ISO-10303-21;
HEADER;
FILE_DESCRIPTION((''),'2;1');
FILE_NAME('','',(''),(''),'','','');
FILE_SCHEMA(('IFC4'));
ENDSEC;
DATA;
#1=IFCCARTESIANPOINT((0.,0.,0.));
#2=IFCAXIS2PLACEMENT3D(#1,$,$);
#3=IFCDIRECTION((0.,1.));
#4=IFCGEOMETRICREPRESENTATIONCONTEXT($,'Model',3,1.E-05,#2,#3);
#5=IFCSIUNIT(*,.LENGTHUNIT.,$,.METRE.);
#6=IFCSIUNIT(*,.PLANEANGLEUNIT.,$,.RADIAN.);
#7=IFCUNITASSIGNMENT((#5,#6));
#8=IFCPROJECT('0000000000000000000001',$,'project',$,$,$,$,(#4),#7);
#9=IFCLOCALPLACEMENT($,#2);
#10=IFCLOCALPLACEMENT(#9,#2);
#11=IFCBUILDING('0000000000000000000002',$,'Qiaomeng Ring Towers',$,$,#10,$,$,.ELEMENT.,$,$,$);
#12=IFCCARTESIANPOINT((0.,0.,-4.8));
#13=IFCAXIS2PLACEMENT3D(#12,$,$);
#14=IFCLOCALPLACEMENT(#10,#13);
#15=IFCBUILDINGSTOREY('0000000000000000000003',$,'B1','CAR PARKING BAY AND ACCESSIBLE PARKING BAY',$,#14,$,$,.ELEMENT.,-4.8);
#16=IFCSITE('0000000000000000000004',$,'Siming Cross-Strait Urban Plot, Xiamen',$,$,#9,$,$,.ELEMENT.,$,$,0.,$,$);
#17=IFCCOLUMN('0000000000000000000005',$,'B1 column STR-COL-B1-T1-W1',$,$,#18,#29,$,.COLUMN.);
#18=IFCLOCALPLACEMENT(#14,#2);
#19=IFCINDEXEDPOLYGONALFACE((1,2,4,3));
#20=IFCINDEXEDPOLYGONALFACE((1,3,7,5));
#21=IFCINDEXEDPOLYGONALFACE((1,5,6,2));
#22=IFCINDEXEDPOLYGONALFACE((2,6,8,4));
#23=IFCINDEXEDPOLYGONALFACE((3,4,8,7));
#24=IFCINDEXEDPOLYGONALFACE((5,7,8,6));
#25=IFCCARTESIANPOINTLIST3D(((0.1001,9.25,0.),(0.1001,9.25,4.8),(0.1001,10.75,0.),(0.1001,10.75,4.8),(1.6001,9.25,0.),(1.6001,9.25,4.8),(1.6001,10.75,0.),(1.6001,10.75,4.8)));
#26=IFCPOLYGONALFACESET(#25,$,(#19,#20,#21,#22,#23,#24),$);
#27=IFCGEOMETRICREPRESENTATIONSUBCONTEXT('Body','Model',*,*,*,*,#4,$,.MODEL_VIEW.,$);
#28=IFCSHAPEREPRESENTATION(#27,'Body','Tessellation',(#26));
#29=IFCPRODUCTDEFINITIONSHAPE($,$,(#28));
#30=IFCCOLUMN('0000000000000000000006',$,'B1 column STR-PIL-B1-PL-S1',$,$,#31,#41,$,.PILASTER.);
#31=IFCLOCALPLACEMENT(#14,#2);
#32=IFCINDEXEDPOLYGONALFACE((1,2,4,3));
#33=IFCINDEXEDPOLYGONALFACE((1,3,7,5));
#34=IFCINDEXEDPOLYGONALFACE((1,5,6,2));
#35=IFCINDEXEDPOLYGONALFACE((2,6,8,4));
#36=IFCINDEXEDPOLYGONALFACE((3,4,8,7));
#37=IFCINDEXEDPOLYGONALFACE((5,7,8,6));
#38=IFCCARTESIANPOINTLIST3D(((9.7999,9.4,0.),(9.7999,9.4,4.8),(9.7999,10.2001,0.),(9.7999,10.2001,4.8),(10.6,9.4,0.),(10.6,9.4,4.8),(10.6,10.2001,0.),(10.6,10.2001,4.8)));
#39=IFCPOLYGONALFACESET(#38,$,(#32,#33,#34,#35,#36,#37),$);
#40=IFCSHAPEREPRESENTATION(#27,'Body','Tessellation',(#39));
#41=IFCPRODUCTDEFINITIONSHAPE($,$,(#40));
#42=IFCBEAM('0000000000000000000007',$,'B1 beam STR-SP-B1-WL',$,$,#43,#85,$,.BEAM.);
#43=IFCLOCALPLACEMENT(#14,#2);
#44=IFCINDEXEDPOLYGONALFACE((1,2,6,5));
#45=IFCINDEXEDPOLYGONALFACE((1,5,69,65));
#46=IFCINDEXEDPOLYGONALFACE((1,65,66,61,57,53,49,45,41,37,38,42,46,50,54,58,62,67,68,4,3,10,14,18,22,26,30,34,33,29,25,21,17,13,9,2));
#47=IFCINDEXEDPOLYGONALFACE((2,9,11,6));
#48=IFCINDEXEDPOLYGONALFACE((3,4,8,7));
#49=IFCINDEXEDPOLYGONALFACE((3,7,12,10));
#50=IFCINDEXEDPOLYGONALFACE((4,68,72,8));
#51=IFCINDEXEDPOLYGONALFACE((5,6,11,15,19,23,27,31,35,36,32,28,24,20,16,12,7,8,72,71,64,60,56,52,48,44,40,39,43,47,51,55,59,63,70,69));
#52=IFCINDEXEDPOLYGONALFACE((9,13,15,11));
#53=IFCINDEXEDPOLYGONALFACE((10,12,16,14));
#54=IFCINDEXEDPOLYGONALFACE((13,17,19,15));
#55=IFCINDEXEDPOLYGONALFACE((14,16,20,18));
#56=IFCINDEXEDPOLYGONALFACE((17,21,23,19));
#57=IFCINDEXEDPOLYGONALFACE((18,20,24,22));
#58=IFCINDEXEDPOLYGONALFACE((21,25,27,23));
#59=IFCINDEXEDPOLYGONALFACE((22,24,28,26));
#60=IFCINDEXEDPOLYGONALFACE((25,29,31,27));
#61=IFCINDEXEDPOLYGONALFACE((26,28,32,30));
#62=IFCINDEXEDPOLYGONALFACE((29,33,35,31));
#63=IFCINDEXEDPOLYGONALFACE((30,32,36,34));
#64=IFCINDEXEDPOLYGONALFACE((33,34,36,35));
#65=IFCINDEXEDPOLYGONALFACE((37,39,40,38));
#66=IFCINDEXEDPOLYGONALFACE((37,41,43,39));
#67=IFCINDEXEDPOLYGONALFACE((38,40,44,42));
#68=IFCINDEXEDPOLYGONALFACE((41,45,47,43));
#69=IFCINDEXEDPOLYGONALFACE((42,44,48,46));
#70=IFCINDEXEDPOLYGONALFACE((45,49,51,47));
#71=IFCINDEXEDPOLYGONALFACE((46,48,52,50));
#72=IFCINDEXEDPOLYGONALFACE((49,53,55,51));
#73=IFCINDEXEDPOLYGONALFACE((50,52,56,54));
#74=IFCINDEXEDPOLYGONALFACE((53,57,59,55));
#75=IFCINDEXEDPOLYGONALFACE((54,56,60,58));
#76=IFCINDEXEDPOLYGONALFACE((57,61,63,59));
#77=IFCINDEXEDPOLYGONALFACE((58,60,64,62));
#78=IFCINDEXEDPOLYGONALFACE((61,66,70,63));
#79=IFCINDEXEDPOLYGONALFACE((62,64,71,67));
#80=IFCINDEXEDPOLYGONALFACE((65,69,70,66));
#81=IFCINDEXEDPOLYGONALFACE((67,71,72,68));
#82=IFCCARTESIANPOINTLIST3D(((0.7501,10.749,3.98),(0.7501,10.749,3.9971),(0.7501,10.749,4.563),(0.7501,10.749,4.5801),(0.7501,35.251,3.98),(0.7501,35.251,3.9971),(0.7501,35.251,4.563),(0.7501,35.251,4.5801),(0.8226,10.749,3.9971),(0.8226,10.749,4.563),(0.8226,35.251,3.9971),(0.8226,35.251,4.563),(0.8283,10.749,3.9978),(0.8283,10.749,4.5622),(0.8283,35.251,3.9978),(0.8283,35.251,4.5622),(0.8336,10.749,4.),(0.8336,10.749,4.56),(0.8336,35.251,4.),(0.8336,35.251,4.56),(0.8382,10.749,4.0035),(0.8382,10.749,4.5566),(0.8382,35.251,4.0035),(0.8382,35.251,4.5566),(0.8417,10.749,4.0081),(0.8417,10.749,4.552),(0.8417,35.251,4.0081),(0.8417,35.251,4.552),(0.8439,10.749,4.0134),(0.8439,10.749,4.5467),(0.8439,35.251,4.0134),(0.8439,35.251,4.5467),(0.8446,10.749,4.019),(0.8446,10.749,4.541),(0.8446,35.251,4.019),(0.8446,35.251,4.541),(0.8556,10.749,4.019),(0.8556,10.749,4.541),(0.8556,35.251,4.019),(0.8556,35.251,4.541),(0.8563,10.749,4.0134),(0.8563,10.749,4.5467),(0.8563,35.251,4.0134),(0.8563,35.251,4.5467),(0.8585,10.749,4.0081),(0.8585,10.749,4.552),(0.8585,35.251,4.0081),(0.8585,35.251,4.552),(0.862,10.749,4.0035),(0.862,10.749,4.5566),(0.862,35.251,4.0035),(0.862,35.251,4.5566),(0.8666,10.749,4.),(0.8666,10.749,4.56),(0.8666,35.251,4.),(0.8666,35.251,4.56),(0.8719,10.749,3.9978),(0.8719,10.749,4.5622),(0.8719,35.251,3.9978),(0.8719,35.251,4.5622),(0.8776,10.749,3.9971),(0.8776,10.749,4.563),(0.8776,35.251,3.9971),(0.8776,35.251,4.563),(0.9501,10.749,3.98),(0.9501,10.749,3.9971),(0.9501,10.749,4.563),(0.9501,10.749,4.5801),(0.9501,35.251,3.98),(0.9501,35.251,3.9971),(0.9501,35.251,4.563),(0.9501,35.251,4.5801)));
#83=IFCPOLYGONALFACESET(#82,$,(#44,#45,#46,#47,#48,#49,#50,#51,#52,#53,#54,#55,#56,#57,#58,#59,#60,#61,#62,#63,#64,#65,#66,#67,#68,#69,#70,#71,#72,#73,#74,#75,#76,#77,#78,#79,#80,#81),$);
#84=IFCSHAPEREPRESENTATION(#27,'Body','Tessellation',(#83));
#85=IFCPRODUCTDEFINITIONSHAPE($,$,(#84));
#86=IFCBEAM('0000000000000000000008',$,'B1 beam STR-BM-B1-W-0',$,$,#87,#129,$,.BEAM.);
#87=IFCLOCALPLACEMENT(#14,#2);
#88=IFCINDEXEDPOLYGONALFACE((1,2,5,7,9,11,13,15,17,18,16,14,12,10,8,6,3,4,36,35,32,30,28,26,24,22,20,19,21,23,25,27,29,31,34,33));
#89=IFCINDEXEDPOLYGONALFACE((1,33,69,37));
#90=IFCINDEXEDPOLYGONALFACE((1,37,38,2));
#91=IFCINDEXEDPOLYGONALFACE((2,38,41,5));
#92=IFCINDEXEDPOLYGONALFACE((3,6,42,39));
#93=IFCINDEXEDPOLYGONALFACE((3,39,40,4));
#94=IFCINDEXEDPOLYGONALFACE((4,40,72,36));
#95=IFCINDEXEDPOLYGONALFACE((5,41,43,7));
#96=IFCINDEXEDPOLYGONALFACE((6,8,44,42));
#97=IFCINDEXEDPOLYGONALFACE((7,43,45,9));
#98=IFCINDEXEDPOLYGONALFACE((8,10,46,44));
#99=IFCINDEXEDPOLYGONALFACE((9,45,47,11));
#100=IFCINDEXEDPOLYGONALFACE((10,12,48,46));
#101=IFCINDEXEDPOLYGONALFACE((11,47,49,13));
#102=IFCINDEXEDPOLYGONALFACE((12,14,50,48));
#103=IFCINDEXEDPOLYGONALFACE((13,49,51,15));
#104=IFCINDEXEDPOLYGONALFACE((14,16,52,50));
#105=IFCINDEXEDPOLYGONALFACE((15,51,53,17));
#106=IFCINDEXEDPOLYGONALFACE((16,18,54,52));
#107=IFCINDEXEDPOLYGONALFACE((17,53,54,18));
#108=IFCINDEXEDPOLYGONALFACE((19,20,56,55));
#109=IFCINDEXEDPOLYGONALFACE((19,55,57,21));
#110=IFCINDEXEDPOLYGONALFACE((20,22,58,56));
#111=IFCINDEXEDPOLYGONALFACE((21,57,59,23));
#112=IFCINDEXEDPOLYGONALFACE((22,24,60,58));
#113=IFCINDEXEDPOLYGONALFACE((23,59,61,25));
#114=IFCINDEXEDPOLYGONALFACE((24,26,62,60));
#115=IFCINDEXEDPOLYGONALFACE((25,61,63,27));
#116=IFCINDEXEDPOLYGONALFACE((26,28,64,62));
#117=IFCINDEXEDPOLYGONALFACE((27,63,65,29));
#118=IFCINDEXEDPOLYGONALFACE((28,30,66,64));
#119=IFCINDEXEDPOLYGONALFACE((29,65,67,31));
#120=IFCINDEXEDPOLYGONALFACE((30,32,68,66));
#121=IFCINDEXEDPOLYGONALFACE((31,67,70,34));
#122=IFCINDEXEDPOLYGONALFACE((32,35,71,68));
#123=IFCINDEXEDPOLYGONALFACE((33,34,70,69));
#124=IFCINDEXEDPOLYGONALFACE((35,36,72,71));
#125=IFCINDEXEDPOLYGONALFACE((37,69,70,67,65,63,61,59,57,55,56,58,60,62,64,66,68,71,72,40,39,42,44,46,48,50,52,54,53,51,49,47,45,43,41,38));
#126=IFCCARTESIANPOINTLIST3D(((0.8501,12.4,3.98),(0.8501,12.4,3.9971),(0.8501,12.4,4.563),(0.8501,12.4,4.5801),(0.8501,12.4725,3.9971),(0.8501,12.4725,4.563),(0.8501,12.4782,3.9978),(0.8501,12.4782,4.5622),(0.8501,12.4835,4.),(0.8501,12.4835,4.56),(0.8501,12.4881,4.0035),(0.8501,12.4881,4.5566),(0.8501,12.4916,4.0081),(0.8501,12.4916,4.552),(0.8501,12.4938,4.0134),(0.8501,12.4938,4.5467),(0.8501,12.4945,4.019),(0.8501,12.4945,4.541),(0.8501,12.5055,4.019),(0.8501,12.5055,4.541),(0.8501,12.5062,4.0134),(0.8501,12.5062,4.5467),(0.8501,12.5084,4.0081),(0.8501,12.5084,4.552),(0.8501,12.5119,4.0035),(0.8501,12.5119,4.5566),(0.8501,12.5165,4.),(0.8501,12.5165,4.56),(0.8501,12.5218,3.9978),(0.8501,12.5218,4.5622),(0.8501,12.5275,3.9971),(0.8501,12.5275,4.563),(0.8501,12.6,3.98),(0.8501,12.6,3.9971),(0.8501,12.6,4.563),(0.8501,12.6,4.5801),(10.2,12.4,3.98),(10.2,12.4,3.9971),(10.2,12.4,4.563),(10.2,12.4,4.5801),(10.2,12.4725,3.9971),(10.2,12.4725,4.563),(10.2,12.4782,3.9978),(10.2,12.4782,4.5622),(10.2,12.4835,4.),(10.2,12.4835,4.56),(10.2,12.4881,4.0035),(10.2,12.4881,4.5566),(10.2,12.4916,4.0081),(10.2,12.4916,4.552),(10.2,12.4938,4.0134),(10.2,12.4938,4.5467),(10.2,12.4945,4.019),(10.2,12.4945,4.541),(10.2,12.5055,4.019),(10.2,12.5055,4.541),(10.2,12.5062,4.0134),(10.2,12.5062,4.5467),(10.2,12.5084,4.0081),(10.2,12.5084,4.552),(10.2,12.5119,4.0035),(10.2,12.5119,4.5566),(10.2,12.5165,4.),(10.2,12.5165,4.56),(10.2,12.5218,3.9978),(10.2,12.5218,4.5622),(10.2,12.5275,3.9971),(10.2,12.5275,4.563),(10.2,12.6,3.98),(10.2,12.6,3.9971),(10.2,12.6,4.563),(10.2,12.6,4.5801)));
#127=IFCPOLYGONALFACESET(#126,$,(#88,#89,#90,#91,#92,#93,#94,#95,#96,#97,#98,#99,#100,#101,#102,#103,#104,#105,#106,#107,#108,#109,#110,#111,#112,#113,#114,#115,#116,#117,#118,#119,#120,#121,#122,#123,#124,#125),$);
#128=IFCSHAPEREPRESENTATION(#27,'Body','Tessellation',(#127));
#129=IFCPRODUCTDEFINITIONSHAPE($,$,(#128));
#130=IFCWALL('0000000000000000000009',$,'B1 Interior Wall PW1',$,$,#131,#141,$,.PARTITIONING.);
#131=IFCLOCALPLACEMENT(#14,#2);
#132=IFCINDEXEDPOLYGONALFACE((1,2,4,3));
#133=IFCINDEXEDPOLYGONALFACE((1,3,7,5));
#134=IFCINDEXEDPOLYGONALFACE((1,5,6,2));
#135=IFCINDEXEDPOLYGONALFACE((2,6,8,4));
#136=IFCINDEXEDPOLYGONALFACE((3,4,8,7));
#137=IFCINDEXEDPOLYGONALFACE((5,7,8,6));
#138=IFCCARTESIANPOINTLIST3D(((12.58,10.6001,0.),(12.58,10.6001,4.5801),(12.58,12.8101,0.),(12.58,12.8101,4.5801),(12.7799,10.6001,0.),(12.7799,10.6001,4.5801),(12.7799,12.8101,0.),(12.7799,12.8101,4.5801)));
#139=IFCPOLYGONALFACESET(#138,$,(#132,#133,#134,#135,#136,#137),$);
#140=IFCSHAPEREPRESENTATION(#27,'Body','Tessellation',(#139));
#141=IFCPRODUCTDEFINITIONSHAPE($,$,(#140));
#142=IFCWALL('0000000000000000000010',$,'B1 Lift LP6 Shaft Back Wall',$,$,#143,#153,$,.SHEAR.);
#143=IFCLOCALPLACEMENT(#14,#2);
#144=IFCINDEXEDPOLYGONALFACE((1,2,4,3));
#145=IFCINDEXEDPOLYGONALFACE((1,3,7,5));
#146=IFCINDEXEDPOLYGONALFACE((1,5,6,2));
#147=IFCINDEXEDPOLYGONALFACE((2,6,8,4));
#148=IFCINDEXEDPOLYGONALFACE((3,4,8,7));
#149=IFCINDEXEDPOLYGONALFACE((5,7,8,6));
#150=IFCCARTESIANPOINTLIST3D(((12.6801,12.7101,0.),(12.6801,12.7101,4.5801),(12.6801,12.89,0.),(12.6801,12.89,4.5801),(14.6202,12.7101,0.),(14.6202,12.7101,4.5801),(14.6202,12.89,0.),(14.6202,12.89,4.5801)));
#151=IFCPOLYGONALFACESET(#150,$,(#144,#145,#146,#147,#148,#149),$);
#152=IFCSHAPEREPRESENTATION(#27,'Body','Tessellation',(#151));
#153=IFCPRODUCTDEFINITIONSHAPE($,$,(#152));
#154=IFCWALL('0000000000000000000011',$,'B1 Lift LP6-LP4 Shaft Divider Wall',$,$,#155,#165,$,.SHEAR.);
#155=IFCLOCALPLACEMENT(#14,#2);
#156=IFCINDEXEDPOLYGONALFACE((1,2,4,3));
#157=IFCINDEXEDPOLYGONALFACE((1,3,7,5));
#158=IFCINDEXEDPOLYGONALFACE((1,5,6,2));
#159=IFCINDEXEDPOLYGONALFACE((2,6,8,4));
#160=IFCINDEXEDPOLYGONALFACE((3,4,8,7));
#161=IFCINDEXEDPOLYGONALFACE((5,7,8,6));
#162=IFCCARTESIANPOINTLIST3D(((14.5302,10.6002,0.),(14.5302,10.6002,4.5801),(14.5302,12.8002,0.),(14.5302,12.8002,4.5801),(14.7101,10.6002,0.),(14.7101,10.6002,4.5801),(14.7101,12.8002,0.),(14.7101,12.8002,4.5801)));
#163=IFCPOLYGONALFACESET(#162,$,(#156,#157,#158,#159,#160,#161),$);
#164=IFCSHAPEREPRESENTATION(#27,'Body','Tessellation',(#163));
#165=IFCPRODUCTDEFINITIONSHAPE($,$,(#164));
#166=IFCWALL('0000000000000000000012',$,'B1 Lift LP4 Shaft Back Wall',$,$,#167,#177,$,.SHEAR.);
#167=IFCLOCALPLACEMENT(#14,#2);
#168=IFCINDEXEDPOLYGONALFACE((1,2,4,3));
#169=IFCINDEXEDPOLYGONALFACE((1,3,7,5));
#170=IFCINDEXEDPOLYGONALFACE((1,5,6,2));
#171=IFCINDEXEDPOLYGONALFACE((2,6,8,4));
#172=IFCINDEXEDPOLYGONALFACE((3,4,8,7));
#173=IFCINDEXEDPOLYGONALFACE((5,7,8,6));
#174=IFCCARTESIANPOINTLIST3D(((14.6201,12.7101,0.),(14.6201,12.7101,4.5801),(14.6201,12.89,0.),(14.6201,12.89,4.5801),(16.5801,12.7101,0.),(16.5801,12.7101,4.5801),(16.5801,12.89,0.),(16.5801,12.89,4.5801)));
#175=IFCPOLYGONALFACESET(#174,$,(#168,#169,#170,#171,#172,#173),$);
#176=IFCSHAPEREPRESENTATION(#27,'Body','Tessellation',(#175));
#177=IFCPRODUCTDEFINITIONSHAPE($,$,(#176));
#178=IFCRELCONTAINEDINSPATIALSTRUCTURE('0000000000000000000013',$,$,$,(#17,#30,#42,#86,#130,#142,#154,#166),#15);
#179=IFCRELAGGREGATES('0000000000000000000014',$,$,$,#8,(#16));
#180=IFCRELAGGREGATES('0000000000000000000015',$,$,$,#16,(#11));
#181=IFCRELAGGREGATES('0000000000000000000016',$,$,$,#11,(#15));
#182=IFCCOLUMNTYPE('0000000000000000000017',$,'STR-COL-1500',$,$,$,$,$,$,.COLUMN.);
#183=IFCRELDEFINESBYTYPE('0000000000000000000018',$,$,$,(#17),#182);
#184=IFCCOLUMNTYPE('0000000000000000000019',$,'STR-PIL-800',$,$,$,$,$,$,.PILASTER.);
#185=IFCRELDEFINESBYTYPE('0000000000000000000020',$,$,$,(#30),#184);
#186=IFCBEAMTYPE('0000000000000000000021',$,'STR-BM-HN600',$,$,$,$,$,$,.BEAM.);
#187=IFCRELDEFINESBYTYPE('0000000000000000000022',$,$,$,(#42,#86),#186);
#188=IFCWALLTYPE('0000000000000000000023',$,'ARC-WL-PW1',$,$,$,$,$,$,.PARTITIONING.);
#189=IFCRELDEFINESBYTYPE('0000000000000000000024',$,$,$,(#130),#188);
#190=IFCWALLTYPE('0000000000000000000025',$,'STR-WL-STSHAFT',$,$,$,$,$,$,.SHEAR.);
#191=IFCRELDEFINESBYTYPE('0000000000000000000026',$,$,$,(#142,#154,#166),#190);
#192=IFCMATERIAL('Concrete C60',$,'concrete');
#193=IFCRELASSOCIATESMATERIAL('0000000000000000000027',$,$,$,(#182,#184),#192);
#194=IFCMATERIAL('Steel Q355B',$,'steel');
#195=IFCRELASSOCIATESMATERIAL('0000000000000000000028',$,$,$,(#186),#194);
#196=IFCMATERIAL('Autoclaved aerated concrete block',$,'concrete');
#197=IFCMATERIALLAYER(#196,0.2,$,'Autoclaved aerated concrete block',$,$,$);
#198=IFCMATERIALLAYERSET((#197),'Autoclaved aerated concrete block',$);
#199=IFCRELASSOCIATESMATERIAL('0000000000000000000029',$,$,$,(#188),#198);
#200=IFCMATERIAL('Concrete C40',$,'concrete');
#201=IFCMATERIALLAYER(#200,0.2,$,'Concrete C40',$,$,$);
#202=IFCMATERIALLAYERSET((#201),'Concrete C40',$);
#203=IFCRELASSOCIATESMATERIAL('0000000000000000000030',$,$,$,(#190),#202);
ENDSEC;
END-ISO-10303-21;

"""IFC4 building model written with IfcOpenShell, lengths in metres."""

from ifc_helpers import new_model, si_unit, direction, frame, frame_2d, origin, origin_2d, place, context, subcontext, project, spatial, rectangle, i_section, extrude, source, transform, mapped, material, layer, layer_set, material_profile, profile_set, type_object, element, save


model = new_model("IFC4")

# Units and contexts
model_context = context("Model", 3, precision=1e-05, world=origin(), true_north=direction((0.0, 1.0)))
body_context = subcontext(model_context, "Body", "Model", "MODEL_VIEW")
ifc_project = project(units=[si_unit("LENGTHUNIT", "METRE"), si_unit("PLANEANGLEUNIT", "RADIAN")], contexts=[model_context])

# Site, building, storey
site_placement = place(None, origin())
site = spatial("IfcSite", under=ifc_project, at=site_placement, Name="Siming Cross-Strait Urban Plot, Xiamen", CompositionType="ELEMENT", RefElevation=0.0)
building_placement = place(site_placement, origin())
building = spatial("IfcBuilding", under=site, at=building_placement, Name="Qiaomeng Ring Towers", CompositionType="ELEMENT")
storey_placement = place(building_placement, frame((0.0, 0.0, -4.8)))
storey = spatial("IfcBuildingStorey", under=building, at=storey_placement, Name="B1", Description="CAR PARKING BAY AND ACCESSIBLE PARKING BAY", CompositionType="ELEMENT", Elevation=-4.8)

# Columns
ifc_material_1 = material(Name="Concrete C60", Category="concrete")
ifc_material_profile_1 = material_profile(ifc_material_1, rectangle(XDim=1.5, YDim=1.5, at=origin_2d()), Name="RC COL 1500x1500")
ifc_profile_set_1 = profile_set([ifc_material_profile_1], Name="Concrete C60")
column_type_1 = type_object("IfcColumnType", Name="STR-COL-1500", PredefinedType="COLUMN", material=ifc_profile_set_1)
shared_shape_1 = source(origin(), body_context, "Body", "SweptSolid", [
    extrude(rectangle(XDim=1.5, YDim=1.5, at=origin_2d()), origin(), (0.0, 0.0, 1.0), 4.8),
])
column_1_placement = place(storey_placement, frame((0.8501, 10.0, 0.0), z_axis=(0.0, 0.0, 1.0), x_axis=(1.0, 0.0, 0.0)))
element("IfcColumn", 1, at=column_1_placement, inside=storey, type_object=column_type_1, Name="B1 column STR-COL-B1-T1-W1", PredefinedType="COLUMN", context=body_context, shape_type="MappedRepresentation", body=[
    mapped(shared_shape_1, transform((0.0, 0.0, 0.0), x_axis=(1.0, 0.0, 0.0), y_axis=(0.0, 1.0, 0.0), z_axis=(0.0, 0.0, 1.0), scale=1.0)),
])
ifc_material_profile_2 = material_profile(ifc_material_1, rectangle(XDim=0.8, YDim=0.8, at=origin_2d()), Name="RC COL 800x800")
ifc_profile_set_2 = profile_set([ifc_material_profile_2], Name="Concrete C60")
column_type_2 = type_object("IfcColumnType", Name="STR-PIL-800", PredefinedType="PILASTER", material=ifc_profile_set_2)
shared_shape_2 = source(origin(), body_context, "Body", "SweptSolid", [
    extrude(rectangle(XDim=0.8, YDim=0.8, at=origin_2d()), origin(), (0.0, 0.0, 1.0), 4.8),
])
column_2_placement = place(storey_placement, frame((10.2, 9.8, 0.0), z_axis=(0.0, 0.0, 1.0), x_axis=(1.0, 0.0, 0.0)))
element("IfcColumn", 2, at=column_2_placement, inside=storey, type_object=column_type_2, Name="B1 column STR-PIL-B1-PL-S1", PredefinedType="PILASTER", context=body_context, shape_type="MappedRepresentation", body=[
    mapped(shared_shape_2, transform((0.0, 0.0, 0.0), x_axis=(1.0, 0.0, 0.0), y_axis=(0.0, 1.0, 0.0), z_axis=(0.0, 0.0, 1.0), scale=1.0)),
])

# Beams
ifc_material_2 = material(Name="Steel Q355B", Category="steel")
ifc_material_profile_3 = material_profile(ifc_material_2, i_section(OverallWidth=0.2, OverallDepth=0.6001, WebThickness=0.011, FlangeThickness=0.0171, FilletRadius=0.022, at=origin_2d()), Name="HN 600x200x11x17")
ifc_profile_set_3 = profile_set([ifc_material_profile_3], Name="Steel Q355B")
beam_type = type_object("IfcBeamType", Name="STR-BM-HN600", PredefinedType="BEAM", material=ifc_profile_set_3)
shared_shape_3 = source(origin(), body_context, "Body", "SweptSolid", [
    extrude(i_section(OverallWidth=0.2, OverallDepth=0.6001, WebThickness=0.011, FlangeThickness=0.0171, FilletRadius=0.022, at=origin_2d()), origin(), (0.0, 0.0, 1.0), 24.502),
])
beam_1_placement = place(storey_placement, frame((0.8501, 10.749, 4.28), z_axis=(0.0, 1.0, 0.0), x_axis=(-1.0, 0.0, 0.0)))
element("IfcBeam", 3, at=beam_1_placement, inside=storey, type_object=beam_type, Name="B1 beam STR-SP-B1-WL", PredefinedType="BEAM", context=body_context, shape_type="MappedRepresentation", body=[
    mapped(shared_shape_3, transform((0.0, 0.0, 0.0), x_axis=(1.0, 0.0, 0.0), y_axis=(0.0, 1.0, 0.0), z_axis=(0.0, 0.0, 1.0), scale=1.0)),
])
shared_shape_4 = source(origin(), body_context, "Body", "SweptSolid", [
    extrude(i_section(OverallWidth=0.2, OverallDepth=0.6001, WebThickness=0.011, FlangeThickness=0.0171, FilletRadius=0.022, at=origin_2d()), origin(), (0.0, 0.0, 1.0), 9.3499),
])
beam_2_placement = place(storey_placement, frame((0.8501, 12.5, 4.28), z_axis=(1.0, 0.0, 0.0), x_axis=(0.0, 1.0, 0.0)))
element("IfcBeam", 4, at=beam_2_placement, inside=storey, type_object=beam_type, Name="B1 beam STR-BM-B1-W-0", PredefinedType="BEAM", context=body_context, shape_type="MappedRepresentation", body=[
    mapped(shared_shape_4, transform((0.0, 0.0, 0.0), x_axis=(1.0, 0.0, 0.0), y_axis=(0.0, 1.0, 0.0), z_axis=(0.0, 0.0, 1.0), scale=1.0)),
])

# Walls
ifc_material_3 = material(Name="Autoclaved aerated concrete block", Category="concrete")
ifc_layer_1 = layer(ifc_material_3, 0.2, Name="Autoclaved aerated concrete block")
ifc_layer_set_1 = layer_set([ifc_layer_1], Name="Autoclaved aerated concrete block")
wall_type_1 = type_object("IfcWallType", Name="ARC-WL-PW1", PredefinedType="PARTITIONING", material=ifc_layer_set_1)
wall_1_placement = place(storey_placement, frame((12.6799, 10.6001, 0.0), z_axis=(0.0, 0.0, 1.0), x_axis=(0.0, 1.0, 0.0)))
element("IfcWall", 5, at=wall_1_placement, inside=storey, type_object=wall_type_1, Name="B1 Interior Wall PW1", PredefinedType="PARTITIONING", context=body_context, shape_type="SweptSolid", body=[
    extrude(rectangle(XDim=2.21, YDim=0.2, at=frame_2d((1.105, 0.0))), origin(), (0.0, 0.0, 1.0), 4.5801),
])
ifc_material_4 = material(Name="Concrete C40", Category="concrete")
ifc_layer_2 = layer(ifc_material_4, 0.2, Name="Concrete C40")
ifc_layer_set_2 = layer_set([ifc_layer_2], Name="Concrete C40")
wall_type_2 = type_object("IfcWallType", Name="STR-WL-STSHAFT", PredefinedType="SHEAR", material=ifc_layer_set_2)
wall_2_placement = place(storey_placement, frame((12.6799, 12.8, 0.0), z_axis=(0.0, 0.0, 1.0), x_axis=(1.0, 0.0, 0.0)))
element("IfcWall", 6, at=wall_2_placement, inside=storey, type_object=wall_type_2, Name="B1 Lift LP6 Shaft Back Wall", PredefinedType="SHEAR", context=body_context, shape_type="SweptSolid", body=[
    extrude(rectangle(XDim=1.9402, YDim=0.1799, at=frame_2d((0.9702, 0.0))), origin(), (0.0, 0.0, 1.0), 4.5801),
])
wall_3_placement = place(storey_placement, frame((14.6201, 10.6001, 0.0), z_axis=(0.0, 0.0, 1.0), x_axis=(0.0, 1.0, 0.0)))
element("IfcWall", 7, at=wall_3_placement, inside=storey, type_object=wall_type_2, Name="B1 Lift LP6-LP4 Shaft Divider Wall", PredefinedType="SHEAR", context=body_context, shape_type="SweptSolid", body=[
    extrude(rectangle(XDim=2.2, YDim=0.1799, at=frame_2d((1.1001, 0.0))), origin(), (0.0, 0.0, 1.0), 4.5801),
])
wall_4_placement = place(storey_placement, frame((14.6201, 12.8, 0.0), z_axis=(0.0, 0.0, 1.0), x_axis=(1.0, 0.0, 0.0)))
element("IfcWall", 8, at=wall_4_placement, inside=storey, type_object=wall_type_2, Name="B1 Lift LP4 Shaft Back Wall", PredefinedType="SHEAR", context=body_context, shape_type="SweptSolid", body=[
    extrude(rectangle(XDim=1.96, YDim=0.1799, at=frame_2d((0.98, 0.0))), origin(), (0.0, 0.0, 1.0), 4.5801),
])

save(model, "model.ifc")
